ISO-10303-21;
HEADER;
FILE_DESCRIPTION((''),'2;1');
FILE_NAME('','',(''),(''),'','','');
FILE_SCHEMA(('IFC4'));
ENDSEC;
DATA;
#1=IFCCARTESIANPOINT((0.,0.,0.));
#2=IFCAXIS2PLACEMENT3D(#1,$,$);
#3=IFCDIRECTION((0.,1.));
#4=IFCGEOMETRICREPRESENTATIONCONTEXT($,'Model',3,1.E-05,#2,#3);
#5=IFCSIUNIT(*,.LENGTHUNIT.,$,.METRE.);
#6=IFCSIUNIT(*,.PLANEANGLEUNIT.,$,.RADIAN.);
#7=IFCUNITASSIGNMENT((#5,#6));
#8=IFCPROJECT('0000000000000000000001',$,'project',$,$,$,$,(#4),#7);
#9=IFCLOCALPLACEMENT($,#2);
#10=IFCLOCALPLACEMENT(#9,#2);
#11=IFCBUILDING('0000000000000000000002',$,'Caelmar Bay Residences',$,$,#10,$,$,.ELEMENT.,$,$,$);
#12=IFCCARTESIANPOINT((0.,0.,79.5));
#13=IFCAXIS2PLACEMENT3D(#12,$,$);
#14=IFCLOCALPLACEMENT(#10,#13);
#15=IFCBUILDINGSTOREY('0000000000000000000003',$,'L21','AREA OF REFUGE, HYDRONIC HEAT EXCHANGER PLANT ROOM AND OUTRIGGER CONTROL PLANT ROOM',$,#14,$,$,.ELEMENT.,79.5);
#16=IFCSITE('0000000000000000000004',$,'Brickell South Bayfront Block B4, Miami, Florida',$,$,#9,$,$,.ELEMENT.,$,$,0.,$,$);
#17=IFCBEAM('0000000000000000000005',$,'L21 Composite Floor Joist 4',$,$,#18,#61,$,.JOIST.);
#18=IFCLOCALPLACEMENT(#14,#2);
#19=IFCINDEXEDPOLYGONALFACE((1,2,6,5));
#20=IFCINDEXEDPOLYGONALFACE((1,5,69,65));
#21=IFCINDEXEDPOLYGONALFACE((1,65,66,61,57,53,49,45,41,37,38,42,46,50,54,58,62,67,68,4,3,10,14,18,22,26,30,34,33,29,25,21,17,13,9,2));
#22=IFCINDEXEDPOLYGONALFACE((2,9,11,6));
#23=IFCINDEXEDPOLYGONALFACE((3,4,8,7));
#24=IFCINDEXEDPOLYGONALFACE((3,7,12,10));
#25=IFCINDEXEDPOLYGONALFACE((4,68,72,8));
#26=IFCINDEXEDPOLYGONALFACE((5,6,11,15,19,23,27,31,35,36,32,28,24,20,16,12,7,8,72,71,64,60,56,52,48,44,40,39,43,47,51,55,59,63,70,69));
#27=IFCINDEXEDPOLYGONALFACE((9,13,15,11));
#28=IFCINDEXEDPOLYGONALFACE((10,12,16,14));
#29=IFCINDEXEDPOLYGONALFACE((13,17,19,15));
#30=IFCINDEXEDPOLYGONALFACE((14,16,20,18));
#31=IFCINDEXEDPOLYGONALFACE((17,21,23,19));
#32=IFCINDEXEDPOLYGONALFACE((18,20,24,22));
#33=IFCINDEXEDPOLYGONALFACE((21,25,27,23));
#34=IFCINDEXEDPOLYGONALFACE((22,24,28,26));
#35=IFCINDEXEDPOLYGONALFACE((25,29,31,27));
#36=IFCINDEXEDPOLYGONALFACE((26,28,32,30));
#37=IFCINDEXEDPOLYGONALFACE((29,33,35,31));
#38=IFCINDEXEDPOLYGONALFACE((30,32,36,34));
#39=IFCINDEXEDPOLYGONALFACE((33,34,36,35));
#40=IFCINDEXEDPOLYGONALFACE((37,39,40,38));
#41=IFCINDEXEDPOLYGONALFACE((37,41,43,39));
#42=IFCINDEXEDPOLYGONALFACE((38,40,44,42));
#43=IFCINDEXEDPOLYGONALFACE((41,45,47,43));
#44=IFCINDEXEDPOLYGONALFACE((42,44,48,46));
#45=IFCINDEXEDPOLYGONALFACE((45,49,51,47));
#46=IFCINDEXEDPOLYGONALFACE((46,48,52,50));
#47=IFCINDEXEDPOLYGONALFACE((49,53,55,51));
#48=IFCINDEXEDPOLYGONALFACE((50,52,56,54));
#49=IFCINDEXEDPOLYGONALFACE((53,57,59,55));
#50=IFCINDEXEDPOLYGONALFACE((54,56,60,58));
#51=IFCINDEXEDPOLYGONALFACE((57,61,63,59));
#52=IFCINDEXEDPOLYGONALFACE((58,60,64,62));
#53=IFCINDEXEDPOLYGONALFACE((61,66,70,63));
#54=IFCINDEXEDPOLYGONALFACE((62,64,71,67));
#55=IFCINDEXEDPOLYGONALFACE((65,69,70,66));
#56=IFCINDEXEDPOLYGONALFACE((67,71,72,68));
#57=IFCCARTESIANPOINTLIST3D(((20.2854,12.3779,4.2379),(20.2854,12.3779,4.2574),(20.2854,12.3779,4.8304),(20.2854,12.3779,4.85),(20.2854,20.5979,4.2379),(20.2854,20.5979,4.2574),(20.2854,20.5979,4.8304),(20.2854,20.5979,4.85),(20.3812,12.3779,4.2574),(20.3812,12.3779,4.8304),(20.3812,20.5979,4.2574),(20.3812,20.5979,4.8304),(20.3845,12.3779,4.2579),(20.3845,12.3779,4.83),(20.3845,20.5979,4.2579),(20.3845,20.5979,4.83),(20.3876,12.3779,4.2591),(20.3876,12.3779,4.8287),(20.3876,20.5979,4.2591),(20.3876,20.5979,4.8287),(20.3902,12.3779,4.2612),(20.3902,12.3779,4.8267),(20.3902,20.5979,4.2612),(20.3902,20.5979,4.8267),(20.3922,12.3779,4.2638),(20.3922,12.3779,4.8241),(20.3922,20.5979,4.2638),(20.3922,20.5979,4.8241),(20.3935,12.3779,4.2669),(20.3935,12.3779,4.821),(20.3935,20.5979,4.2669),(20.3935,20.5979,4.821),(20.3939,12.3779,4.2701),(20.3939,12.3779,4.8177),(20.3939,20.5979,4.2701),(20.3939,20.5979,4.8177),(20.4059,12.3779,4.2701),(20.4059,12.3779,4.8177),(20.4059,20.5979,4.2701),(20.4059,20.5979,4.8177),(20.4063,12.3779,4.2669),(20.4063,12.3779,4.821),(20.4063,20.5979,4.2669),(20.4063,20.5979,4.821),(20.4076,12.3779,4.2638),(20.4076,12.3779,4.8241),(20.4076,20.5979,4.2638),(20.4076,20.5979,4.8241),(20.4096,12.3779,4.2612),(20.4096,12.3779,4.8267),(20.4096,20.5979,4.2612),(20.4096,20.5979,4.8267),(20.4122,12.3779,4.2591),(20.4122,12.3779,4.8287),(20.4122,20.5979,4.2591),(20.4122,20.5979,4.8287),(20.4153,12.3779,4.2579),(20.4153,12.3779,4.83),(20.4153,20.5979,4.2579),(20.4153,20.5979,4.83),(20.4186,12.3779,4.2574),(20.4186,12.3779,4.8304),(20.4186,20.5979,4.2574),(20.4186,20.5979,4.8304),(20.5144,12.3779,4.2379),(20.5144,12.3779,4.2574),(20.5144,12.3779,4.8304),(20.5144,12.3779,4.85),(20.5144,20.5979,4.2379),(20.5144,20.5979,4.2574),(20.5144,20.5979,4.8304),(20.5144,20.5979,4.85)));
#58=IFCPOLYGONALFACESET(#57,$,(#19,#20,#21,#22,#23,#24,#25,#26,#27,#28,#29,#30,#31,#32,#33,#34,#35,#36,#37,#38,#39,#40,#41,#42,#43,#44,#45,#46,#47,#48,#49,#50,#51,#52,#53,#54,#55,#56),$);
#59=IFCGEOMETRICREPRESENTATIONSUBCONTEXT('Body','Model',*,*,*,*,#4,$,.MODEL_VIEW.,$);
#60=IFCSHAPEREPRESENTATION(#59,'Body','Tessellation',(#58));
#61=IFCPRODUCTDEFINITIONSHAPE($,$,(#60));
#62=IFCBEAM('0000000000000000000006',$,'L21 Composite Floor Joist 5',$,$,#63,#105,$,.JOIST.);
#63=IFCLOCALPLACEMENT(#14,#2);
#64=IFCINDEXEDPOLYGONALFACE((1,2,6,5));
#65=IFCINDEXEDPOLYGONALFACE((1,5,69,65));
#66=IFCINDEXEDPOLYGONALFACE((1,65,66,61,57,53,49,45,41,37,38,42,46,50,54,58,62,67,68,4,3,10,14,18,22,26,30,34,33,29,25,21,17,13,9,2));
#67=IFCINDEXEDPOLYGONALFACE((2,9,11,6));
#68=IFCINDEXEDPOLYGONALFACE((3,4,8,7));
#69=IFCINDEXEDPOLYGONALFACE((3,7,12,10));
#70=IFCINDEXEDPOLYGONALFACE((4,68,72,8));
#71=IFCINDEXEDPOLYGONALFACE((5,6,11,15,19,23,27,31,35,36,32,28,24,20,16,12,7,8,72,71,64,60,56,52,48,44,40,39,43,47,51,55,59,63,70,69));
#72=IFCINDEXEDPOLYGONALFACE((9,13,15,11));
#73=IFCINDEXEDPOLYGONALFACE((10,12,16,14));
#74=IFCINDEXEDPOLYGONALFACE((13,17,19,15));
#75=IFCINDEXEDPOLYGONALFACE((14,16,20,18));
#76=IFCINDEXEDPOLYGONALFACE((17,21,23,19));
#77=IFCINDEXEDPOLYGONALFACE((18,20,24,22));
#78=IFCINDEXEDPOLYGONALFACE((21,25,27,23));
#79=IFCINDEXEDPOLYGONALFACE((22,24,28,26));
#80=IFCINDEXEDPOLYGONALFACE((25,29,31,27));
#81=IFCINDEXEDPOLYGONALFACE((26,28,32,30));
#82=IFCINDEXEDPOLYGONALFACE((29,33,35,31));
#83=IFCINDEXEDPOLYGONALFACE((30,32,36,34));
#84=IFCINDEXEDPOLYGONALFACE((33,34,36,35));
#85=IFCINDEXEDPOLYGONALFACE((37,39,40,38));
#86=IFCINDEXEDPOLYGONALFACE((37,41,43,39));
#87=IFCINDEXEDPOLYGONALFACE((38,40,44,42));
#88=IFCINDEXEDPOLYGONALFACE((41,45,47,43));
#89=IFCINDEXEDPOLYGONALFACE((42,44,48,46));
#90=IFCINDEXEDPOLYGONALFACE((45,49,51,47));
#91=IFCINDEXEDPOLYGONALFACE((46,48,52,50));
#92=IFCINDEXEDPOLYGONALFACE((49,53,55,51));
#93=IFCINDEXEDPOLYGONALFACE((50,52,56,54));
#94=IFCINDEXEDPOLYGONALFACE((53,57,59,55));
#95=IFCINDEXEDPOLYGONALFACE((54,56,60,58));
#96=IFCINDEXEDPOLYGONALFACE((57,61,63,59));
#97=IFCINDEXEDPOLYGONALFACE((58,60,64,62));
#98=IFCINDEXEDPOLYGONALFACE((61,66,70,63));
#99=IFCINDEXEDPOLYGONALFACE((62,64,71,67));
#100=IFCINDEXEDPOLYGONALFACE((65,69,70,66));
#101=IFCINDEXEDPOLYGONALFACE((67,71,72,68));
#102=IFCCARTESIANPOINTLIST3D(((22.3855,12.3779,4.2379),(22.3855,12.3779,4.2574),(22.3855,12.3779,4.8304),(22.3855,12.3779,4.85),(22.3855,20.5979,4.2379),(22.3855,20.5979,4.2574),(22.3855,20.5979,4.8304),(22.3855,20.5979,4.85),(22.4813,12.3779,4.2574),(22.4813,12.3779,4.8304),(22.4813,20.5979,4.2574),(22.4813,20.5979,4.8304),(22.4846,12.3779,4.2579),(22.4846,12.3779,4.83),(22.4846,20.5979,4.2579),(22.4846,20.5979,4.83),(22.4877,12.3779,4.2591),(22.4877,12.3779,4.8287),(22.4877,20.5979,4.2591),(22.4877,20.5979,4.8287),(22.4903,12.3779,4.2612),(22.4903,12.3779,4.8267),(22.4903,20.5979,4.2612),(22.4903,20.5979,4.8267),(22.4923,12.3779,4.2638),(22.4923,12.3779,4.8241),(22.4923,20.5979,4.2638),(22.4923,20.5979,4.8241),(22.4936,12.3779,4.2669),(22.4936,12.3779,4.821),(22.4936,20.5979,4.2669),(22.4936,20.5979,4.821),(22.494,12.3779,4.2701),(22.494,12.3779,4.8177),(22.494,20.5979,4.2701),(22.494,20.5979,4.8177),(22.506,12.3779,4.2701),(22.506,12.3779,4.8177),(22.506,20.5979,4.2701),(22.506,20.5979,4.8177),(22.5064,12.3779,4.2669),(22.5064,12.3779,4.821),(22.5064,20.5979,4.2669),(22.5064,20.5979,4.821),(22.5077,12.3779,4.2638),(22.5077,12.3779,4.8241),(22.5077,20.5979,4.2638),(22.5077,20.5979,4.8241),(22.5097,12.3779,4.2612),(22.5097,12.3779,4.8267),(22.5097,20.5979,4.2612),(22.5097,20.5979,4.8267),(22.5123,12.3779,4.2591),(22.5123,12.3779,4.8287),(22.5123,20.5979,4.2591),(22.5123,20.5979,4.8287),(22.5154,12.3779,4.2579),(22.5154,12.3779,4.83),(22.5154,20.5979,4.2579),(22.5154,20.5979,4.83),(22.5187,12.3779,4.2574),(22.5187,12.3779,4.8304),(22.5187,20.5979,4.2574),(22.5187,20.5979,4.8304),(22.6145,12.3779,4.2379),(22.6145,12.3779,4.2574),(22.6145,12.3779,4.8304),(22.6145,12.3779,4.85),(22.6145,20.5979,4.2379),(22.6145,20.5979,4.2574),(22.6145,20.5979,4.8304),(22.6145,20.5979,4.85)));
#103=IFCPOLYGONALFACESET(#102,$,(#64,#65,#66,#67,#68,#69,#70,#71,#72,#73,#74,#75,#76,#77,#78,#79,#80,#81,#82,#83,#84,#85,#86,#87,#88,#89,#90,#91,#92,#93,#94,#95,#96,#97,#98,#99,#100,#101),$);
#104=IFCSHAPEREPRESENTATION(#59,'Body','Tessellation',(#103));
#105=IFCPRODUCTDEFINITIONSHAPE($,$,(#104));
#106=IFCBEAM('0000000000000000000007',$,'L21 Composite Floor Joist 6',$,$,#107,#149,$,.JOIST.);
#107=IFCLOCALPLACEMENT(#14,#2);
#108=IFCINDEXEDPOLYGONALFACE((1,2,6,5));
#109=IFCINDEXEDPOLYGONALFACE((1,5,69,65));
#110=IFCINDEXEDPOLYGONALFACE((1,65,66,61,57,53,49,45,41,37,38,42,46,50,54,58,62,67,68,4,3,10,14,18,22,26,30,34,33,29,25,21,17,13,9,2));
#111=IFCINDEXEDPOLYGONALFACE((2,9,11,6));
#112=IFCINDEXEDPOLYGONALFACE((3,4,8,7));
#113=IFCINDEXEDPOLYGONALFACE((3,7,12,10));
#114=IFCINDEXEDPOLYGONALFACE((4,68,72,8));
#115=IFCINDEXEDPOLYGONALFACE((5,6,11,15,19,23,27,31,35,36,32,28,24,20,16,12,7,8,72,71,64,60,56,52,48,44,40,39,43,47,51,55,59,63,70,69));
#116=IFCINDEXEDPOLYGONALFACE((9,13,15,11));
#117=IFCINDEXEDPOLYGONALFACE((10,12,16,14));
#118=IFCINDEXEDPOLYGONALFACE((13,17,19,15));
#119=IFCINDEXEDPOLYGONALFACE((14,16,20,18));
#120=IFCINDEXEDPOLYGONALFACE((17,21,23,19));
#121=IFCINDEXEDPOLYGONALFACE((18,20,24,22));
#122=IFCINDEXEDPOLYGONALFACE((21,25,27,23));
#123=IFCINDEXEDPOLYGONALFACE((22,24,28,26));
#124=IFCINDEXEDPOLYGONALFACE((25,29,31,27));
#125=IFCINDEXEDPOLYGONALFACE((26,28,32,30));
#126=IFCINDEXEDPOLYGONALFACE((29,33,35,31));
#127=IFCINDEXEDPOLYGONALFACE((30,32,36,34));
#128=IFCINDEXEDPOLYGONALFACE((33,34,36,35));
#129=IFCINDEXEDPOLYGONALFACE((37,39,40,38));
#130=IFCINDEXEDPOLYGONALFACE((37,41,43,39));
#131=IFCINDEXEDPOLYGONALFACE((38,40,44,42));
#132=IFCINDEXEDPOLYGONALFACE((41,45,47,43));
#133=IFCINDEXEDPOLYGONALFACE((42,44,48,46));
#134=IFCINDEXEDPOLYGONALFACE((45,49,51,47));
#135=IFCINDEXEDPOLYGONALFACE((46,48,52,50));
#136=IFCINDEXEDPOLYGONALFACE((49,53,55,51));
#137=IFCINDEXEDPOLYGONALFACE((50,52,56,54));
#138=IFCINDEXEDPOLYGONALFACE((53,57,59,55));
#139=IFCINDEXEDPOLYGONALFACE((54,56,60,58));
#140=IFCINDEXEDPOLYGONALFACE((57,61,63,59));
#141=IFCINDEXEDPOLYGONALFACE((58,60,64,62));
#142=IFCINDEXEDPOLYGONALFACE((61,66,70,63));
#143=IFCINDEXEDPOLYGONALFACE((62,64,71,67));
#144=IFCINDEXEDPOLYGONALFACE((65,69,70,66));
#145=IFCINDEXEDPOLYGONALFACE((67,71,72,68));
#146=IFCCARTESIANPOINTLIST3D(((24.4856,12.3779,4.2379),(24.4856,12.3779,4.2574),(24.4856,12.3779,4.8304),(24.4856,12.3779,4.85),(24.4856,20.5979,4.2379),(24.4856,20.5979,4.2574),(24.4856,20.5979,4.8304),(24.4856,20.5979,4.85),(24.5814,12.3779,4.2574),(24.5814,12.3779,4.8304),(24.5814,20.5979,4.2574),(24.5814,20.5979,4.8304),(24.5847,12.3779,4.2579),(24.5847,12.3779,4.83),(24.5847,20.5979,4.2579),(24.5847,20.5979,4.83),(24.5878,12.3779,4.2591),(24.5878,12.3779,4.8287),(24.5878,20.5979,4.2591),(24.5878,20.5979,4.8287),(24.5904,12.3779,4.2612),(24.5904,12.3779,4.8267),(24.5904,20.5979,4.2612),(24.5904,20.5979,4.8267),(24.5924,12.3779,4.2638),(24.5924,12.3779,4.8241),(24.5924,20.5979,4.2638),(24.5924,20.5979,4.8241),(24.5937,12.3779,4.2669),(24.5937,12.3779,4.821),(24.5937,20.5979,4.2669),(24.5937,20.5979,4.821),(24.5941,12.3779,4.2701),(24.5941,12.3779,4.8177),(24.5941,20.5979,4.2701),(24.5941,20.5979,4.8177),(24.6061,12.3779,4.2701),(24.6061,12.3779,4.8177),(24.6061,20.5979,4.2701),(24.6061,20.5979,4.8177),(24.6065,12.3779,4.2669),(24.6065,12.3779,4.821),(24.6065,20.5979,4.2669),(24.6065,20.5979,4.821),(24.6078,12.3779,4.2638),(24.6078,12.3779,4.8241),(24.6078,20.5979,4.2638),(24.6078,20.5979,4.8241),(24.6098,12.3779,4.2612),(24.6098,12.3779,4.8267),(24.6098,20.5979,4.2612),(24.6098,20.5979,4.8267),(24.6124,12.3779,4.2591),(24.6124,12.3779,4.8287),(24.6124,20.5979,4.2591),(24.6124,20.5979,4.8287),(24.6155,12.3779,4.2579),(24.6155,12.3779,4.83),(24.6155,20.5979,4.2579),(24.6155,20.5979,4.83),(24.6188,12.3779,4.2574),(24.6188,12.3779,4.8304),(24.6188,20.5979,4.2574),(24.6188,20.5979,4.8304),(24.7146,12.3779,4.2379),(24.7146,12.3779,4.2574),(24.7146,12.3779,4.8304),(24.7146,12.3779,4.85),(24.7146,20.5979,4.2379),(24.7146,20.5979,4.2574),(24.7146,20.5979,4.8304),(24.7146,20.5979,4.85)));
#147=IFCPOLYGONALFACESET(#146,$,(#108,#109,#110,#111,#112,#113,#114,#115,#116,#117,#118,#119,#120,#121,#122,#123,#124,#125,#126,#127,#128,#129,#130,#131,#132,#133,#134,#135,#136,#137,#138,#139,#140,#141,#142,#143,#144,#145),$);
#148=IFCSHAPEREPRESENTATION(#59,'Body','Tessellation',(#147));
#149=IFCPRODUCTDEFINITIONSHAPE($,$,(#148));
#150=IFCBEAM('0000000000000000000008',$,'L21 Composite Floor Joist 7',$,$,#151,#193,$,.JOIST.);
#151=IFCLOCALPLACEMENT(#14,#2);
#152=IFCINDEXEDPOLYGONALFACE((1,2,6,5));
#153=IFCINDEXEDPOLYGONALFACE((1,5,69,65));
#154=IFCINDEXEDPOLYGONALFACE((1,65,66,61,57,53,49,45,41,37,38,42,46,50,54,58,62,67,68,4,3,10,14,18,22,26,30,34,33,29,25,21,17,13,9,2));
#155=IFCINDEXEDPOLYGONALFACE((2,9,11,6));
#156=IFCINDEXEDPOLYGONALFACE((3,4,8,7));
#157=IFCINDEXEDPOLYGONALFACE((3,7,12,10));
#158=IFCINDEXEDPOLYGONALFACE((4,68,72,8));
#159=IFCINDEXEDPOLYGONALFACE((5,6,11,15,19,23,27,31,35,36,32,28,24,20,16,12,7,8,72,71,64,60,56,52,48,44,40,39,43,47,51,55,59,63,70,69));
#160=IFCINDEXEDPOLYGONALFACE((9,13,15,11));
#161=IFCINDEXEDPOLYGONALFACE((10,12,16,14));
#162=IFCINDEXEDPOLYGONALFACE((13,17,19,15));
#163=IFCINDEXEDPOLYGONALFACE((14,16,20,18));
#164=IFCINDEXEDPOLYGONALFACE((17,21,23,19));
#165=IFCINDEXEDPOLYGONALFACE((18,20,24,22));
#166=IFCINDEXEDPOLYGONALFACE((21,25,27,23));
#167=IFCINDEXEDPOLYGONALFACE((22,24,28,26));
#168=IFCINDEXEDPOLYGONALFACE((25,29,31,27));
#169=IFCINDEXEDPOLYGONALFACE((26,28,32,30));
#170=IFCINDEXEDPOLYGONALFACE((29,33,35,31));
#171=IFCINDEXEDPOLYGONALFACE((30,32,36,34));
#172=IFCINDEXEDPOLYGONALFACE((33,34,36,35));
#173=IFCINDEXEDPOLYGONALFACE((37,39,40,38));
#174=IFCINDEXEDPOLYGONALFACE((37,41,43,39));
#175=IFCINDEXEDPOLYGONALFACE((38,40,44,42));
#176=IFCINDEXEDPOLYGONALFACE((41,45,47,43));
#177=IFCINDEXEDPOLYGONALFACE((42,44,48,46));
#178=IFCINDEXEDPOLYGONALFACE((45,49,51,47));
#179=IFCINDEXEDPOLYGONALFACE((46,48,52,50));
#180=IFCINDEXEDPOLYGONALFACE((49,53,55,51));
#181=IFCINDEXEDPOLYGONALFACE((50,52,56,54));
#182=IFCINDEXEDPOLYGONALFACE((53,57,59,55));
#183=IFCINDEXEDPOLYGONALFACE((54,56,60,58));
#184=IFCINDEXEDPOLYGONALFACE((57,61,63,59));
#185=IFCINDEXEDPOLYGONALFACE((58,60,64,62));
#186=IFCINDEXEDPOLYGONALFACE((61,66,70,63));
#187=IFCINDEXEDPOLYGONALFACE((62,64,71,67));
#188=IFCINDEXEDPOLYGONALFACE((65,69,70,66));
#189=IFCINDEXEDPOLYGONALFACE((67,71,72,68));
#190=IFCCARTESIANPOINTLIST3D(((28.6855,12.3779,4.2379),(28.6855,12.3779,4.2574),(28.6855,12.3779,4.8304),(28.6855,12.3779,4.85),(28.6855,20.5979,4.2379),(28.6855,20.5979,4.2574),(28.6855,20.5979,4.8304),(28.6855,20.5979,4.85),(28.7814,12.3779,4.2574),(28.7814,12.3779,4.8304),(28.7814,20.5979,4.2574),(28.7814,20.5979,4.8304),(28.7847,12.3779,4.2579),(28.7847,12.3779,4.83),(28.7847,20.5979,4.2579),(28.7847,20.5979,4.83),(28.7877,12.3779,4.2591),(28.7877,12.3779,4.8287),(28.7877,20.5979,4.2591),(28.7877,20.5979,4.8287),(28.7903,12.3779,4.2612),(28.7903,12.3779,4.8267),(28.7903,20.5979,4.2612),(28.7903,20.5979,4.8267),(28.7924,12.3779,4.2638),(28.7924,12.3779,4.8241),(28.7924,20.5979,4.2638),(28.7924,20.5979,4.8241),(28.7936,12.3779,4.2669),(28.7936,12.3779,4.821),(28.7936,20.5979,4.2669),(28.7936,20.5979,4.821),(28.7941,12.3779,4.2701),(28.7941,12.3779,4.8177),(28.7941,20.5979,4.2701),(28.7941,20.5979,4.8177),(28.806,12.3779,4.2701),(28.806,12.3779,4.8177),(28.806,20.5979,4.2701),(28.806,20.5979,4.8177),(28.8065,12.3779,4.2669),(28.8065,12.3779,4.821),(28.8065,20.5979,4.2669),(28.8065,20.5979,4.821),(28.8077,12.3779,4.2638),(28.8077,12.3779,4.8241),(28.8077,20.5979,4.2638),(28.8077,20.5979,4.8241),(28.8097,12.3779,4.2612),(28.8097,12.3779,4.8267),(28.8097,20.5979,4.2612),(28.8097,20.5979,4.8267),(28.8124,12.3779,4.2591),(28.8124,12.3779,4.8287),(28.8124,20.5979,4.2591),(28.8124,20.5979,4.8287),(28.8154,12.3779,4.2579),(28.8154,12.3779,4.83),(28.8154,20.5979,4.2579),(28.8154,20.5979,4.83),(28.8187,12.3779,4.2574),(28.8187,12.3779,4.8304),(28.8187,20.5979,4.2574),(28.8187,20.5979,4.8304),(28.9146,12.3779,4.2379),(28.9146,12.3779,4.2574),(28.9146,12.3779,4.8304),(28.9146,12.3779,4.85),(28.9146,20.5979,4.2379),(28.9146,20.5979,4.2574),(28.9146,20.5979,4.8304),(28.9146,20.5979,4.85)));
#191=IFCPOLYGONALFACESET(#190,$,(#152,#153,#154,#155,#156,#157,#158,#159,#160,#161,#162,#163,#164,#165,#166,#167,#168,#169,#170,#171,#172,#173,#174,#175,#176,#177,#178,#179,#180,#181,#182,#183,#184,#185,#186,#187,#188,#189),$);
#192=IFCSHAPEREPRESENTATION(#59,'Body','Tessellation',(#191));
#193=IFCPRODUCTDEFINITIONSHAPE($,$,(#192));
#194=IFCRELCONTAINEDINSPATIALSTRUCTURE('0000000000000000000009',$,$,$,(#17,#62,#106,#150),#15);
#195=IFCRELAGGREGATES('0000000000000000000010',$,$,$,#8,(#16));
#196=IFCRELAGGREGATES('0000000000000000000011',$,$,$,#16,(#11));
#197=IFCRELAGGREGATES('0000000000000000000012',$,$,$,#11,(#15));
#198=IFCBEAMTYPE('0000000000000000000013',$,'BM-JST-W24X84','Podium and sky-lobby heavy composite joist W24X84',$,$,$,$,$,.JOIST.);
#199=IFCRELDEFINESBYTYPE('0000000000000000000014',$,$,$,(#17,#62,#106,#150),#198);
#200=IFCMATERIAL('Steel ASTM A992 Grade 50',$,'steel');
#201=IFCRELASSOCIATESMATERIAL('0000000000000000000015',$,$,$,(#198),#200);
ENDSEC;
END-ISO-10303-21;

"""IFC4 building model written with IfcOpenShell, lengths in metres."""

from ifc_helpers import new_model, si_unit, direction, frame, origin, origin_2d, place, context, subcontext, project, spatial, i_section, extrude, material, material_profile, profile_set, type_object, element, save


model = new_model("IFC4")

# Units and contexts
model_context = context("Model", 3, precision=1e-05, world=origin(), true_north=direction((0.0, 1.0)))
body_context = subcontext(model_context, "Body", "Model", "MODEL_VIEW")
ifc_project = project(units=[si_unit("LENGTHUNIT", "METRE"), si_unit("PLANEANGLEUNIT", "RADIAN")], contexts=[model_context])

# Site, building, storey
site_placement = place(None, origin())
site = spatial("IfcSite", under=ifc_project, at=site_placement, Name="Brickell South Bayfront Block B4, Miami, Florida", CompositionType="ELEMENT", RefElevation=0.0)
building_placement = place(site_placement, origin())
building = spatial("IfcBuilding", under=site, at=building_placement, Name="Caelmar Bay Residences", CompositionType="ELEMENT")
storey_placement = place(building_placement, frame((0.0, 0.0, 79.5)))
storey = spatial("IfcBuildingStorey", under=building, at=storey_placement, Name="L21", Description="AREA OF REFUGE, HYDRONIC HEAT EXCHANGER PLANT ROOM AND OUTRIGGER CONTROL PLANT ROOM", CompositionType="ELEMENT", Elevation=79.5)

# Beams
ifc_material_1 = material(Name="Steel ASTM A992 Grade 50", Category="steel")
ifc_material_profile_1 = material_profile(ifc_material_1, i_section(OverallWidth=0.229, OverallDepth=0.6121, WebThickness=0.012, FlangeThickness=0.0195, FilletRadius=0.0127, at=origin_2d()), Name="W24X84")
ifc_profile_set_1 = profile_set([ifc_material_profile_1], Name="Steel ASTM A992 Grade 50")
beam_type_1 = type_object("IfcBeamType", Name="BM-JST-W24X84", Description="Podium and sky-lobby heavy composite joist W24X84", PredefinedType="JOIST", material=ifc_profile_set_1)
for number, where, z_axis, x_axis, name in (
    (1, (20.3999, 12.3779, 4.5439), (0.0, 1.0, 0.0), (-1.0, 0.0, 0.0), "L21 Composite Floor Joist 4"),
    (2, (22.5, 12.3779, 4.5439), (0.0, 1.0, 0.0), (-1.0, 0.0, 0.0), "L21 Composite Floor Joist 5"),
    (3, (24.6001, 12.3779, 4.5439), (0.0, 1.0, 0.0), (-1.0, 0.0, 0.0), "L21 Composite Floor Joist 6"),
    (4, (28.8, 12.3779, 4.5439), (0.0, 1.0, 0.0), (-1.0, 0.0, 0.0), "L21 Composite Floor Joist 7"),
):
    element("IfcBeam", number, at=place(storey_placement, frame(where, z_axis=z_axis, x_axis=x_axis)), inside=storey, type_object=beam_type_1, Name=name, PredefinedType="JOIST", context=body_context, shape_type="SweptSolid", body=[
        extrude(i_section(OverallWidth=0.229, OverallDepth=0.6121, WebThickness=0.012, FlangeThickness=0.0195, FilletRadius=0.0127, at=origin_2d()), origin(), (0.0, 0.0, 1.0), 8.22),
    ])

save(model, "model.ifc")
